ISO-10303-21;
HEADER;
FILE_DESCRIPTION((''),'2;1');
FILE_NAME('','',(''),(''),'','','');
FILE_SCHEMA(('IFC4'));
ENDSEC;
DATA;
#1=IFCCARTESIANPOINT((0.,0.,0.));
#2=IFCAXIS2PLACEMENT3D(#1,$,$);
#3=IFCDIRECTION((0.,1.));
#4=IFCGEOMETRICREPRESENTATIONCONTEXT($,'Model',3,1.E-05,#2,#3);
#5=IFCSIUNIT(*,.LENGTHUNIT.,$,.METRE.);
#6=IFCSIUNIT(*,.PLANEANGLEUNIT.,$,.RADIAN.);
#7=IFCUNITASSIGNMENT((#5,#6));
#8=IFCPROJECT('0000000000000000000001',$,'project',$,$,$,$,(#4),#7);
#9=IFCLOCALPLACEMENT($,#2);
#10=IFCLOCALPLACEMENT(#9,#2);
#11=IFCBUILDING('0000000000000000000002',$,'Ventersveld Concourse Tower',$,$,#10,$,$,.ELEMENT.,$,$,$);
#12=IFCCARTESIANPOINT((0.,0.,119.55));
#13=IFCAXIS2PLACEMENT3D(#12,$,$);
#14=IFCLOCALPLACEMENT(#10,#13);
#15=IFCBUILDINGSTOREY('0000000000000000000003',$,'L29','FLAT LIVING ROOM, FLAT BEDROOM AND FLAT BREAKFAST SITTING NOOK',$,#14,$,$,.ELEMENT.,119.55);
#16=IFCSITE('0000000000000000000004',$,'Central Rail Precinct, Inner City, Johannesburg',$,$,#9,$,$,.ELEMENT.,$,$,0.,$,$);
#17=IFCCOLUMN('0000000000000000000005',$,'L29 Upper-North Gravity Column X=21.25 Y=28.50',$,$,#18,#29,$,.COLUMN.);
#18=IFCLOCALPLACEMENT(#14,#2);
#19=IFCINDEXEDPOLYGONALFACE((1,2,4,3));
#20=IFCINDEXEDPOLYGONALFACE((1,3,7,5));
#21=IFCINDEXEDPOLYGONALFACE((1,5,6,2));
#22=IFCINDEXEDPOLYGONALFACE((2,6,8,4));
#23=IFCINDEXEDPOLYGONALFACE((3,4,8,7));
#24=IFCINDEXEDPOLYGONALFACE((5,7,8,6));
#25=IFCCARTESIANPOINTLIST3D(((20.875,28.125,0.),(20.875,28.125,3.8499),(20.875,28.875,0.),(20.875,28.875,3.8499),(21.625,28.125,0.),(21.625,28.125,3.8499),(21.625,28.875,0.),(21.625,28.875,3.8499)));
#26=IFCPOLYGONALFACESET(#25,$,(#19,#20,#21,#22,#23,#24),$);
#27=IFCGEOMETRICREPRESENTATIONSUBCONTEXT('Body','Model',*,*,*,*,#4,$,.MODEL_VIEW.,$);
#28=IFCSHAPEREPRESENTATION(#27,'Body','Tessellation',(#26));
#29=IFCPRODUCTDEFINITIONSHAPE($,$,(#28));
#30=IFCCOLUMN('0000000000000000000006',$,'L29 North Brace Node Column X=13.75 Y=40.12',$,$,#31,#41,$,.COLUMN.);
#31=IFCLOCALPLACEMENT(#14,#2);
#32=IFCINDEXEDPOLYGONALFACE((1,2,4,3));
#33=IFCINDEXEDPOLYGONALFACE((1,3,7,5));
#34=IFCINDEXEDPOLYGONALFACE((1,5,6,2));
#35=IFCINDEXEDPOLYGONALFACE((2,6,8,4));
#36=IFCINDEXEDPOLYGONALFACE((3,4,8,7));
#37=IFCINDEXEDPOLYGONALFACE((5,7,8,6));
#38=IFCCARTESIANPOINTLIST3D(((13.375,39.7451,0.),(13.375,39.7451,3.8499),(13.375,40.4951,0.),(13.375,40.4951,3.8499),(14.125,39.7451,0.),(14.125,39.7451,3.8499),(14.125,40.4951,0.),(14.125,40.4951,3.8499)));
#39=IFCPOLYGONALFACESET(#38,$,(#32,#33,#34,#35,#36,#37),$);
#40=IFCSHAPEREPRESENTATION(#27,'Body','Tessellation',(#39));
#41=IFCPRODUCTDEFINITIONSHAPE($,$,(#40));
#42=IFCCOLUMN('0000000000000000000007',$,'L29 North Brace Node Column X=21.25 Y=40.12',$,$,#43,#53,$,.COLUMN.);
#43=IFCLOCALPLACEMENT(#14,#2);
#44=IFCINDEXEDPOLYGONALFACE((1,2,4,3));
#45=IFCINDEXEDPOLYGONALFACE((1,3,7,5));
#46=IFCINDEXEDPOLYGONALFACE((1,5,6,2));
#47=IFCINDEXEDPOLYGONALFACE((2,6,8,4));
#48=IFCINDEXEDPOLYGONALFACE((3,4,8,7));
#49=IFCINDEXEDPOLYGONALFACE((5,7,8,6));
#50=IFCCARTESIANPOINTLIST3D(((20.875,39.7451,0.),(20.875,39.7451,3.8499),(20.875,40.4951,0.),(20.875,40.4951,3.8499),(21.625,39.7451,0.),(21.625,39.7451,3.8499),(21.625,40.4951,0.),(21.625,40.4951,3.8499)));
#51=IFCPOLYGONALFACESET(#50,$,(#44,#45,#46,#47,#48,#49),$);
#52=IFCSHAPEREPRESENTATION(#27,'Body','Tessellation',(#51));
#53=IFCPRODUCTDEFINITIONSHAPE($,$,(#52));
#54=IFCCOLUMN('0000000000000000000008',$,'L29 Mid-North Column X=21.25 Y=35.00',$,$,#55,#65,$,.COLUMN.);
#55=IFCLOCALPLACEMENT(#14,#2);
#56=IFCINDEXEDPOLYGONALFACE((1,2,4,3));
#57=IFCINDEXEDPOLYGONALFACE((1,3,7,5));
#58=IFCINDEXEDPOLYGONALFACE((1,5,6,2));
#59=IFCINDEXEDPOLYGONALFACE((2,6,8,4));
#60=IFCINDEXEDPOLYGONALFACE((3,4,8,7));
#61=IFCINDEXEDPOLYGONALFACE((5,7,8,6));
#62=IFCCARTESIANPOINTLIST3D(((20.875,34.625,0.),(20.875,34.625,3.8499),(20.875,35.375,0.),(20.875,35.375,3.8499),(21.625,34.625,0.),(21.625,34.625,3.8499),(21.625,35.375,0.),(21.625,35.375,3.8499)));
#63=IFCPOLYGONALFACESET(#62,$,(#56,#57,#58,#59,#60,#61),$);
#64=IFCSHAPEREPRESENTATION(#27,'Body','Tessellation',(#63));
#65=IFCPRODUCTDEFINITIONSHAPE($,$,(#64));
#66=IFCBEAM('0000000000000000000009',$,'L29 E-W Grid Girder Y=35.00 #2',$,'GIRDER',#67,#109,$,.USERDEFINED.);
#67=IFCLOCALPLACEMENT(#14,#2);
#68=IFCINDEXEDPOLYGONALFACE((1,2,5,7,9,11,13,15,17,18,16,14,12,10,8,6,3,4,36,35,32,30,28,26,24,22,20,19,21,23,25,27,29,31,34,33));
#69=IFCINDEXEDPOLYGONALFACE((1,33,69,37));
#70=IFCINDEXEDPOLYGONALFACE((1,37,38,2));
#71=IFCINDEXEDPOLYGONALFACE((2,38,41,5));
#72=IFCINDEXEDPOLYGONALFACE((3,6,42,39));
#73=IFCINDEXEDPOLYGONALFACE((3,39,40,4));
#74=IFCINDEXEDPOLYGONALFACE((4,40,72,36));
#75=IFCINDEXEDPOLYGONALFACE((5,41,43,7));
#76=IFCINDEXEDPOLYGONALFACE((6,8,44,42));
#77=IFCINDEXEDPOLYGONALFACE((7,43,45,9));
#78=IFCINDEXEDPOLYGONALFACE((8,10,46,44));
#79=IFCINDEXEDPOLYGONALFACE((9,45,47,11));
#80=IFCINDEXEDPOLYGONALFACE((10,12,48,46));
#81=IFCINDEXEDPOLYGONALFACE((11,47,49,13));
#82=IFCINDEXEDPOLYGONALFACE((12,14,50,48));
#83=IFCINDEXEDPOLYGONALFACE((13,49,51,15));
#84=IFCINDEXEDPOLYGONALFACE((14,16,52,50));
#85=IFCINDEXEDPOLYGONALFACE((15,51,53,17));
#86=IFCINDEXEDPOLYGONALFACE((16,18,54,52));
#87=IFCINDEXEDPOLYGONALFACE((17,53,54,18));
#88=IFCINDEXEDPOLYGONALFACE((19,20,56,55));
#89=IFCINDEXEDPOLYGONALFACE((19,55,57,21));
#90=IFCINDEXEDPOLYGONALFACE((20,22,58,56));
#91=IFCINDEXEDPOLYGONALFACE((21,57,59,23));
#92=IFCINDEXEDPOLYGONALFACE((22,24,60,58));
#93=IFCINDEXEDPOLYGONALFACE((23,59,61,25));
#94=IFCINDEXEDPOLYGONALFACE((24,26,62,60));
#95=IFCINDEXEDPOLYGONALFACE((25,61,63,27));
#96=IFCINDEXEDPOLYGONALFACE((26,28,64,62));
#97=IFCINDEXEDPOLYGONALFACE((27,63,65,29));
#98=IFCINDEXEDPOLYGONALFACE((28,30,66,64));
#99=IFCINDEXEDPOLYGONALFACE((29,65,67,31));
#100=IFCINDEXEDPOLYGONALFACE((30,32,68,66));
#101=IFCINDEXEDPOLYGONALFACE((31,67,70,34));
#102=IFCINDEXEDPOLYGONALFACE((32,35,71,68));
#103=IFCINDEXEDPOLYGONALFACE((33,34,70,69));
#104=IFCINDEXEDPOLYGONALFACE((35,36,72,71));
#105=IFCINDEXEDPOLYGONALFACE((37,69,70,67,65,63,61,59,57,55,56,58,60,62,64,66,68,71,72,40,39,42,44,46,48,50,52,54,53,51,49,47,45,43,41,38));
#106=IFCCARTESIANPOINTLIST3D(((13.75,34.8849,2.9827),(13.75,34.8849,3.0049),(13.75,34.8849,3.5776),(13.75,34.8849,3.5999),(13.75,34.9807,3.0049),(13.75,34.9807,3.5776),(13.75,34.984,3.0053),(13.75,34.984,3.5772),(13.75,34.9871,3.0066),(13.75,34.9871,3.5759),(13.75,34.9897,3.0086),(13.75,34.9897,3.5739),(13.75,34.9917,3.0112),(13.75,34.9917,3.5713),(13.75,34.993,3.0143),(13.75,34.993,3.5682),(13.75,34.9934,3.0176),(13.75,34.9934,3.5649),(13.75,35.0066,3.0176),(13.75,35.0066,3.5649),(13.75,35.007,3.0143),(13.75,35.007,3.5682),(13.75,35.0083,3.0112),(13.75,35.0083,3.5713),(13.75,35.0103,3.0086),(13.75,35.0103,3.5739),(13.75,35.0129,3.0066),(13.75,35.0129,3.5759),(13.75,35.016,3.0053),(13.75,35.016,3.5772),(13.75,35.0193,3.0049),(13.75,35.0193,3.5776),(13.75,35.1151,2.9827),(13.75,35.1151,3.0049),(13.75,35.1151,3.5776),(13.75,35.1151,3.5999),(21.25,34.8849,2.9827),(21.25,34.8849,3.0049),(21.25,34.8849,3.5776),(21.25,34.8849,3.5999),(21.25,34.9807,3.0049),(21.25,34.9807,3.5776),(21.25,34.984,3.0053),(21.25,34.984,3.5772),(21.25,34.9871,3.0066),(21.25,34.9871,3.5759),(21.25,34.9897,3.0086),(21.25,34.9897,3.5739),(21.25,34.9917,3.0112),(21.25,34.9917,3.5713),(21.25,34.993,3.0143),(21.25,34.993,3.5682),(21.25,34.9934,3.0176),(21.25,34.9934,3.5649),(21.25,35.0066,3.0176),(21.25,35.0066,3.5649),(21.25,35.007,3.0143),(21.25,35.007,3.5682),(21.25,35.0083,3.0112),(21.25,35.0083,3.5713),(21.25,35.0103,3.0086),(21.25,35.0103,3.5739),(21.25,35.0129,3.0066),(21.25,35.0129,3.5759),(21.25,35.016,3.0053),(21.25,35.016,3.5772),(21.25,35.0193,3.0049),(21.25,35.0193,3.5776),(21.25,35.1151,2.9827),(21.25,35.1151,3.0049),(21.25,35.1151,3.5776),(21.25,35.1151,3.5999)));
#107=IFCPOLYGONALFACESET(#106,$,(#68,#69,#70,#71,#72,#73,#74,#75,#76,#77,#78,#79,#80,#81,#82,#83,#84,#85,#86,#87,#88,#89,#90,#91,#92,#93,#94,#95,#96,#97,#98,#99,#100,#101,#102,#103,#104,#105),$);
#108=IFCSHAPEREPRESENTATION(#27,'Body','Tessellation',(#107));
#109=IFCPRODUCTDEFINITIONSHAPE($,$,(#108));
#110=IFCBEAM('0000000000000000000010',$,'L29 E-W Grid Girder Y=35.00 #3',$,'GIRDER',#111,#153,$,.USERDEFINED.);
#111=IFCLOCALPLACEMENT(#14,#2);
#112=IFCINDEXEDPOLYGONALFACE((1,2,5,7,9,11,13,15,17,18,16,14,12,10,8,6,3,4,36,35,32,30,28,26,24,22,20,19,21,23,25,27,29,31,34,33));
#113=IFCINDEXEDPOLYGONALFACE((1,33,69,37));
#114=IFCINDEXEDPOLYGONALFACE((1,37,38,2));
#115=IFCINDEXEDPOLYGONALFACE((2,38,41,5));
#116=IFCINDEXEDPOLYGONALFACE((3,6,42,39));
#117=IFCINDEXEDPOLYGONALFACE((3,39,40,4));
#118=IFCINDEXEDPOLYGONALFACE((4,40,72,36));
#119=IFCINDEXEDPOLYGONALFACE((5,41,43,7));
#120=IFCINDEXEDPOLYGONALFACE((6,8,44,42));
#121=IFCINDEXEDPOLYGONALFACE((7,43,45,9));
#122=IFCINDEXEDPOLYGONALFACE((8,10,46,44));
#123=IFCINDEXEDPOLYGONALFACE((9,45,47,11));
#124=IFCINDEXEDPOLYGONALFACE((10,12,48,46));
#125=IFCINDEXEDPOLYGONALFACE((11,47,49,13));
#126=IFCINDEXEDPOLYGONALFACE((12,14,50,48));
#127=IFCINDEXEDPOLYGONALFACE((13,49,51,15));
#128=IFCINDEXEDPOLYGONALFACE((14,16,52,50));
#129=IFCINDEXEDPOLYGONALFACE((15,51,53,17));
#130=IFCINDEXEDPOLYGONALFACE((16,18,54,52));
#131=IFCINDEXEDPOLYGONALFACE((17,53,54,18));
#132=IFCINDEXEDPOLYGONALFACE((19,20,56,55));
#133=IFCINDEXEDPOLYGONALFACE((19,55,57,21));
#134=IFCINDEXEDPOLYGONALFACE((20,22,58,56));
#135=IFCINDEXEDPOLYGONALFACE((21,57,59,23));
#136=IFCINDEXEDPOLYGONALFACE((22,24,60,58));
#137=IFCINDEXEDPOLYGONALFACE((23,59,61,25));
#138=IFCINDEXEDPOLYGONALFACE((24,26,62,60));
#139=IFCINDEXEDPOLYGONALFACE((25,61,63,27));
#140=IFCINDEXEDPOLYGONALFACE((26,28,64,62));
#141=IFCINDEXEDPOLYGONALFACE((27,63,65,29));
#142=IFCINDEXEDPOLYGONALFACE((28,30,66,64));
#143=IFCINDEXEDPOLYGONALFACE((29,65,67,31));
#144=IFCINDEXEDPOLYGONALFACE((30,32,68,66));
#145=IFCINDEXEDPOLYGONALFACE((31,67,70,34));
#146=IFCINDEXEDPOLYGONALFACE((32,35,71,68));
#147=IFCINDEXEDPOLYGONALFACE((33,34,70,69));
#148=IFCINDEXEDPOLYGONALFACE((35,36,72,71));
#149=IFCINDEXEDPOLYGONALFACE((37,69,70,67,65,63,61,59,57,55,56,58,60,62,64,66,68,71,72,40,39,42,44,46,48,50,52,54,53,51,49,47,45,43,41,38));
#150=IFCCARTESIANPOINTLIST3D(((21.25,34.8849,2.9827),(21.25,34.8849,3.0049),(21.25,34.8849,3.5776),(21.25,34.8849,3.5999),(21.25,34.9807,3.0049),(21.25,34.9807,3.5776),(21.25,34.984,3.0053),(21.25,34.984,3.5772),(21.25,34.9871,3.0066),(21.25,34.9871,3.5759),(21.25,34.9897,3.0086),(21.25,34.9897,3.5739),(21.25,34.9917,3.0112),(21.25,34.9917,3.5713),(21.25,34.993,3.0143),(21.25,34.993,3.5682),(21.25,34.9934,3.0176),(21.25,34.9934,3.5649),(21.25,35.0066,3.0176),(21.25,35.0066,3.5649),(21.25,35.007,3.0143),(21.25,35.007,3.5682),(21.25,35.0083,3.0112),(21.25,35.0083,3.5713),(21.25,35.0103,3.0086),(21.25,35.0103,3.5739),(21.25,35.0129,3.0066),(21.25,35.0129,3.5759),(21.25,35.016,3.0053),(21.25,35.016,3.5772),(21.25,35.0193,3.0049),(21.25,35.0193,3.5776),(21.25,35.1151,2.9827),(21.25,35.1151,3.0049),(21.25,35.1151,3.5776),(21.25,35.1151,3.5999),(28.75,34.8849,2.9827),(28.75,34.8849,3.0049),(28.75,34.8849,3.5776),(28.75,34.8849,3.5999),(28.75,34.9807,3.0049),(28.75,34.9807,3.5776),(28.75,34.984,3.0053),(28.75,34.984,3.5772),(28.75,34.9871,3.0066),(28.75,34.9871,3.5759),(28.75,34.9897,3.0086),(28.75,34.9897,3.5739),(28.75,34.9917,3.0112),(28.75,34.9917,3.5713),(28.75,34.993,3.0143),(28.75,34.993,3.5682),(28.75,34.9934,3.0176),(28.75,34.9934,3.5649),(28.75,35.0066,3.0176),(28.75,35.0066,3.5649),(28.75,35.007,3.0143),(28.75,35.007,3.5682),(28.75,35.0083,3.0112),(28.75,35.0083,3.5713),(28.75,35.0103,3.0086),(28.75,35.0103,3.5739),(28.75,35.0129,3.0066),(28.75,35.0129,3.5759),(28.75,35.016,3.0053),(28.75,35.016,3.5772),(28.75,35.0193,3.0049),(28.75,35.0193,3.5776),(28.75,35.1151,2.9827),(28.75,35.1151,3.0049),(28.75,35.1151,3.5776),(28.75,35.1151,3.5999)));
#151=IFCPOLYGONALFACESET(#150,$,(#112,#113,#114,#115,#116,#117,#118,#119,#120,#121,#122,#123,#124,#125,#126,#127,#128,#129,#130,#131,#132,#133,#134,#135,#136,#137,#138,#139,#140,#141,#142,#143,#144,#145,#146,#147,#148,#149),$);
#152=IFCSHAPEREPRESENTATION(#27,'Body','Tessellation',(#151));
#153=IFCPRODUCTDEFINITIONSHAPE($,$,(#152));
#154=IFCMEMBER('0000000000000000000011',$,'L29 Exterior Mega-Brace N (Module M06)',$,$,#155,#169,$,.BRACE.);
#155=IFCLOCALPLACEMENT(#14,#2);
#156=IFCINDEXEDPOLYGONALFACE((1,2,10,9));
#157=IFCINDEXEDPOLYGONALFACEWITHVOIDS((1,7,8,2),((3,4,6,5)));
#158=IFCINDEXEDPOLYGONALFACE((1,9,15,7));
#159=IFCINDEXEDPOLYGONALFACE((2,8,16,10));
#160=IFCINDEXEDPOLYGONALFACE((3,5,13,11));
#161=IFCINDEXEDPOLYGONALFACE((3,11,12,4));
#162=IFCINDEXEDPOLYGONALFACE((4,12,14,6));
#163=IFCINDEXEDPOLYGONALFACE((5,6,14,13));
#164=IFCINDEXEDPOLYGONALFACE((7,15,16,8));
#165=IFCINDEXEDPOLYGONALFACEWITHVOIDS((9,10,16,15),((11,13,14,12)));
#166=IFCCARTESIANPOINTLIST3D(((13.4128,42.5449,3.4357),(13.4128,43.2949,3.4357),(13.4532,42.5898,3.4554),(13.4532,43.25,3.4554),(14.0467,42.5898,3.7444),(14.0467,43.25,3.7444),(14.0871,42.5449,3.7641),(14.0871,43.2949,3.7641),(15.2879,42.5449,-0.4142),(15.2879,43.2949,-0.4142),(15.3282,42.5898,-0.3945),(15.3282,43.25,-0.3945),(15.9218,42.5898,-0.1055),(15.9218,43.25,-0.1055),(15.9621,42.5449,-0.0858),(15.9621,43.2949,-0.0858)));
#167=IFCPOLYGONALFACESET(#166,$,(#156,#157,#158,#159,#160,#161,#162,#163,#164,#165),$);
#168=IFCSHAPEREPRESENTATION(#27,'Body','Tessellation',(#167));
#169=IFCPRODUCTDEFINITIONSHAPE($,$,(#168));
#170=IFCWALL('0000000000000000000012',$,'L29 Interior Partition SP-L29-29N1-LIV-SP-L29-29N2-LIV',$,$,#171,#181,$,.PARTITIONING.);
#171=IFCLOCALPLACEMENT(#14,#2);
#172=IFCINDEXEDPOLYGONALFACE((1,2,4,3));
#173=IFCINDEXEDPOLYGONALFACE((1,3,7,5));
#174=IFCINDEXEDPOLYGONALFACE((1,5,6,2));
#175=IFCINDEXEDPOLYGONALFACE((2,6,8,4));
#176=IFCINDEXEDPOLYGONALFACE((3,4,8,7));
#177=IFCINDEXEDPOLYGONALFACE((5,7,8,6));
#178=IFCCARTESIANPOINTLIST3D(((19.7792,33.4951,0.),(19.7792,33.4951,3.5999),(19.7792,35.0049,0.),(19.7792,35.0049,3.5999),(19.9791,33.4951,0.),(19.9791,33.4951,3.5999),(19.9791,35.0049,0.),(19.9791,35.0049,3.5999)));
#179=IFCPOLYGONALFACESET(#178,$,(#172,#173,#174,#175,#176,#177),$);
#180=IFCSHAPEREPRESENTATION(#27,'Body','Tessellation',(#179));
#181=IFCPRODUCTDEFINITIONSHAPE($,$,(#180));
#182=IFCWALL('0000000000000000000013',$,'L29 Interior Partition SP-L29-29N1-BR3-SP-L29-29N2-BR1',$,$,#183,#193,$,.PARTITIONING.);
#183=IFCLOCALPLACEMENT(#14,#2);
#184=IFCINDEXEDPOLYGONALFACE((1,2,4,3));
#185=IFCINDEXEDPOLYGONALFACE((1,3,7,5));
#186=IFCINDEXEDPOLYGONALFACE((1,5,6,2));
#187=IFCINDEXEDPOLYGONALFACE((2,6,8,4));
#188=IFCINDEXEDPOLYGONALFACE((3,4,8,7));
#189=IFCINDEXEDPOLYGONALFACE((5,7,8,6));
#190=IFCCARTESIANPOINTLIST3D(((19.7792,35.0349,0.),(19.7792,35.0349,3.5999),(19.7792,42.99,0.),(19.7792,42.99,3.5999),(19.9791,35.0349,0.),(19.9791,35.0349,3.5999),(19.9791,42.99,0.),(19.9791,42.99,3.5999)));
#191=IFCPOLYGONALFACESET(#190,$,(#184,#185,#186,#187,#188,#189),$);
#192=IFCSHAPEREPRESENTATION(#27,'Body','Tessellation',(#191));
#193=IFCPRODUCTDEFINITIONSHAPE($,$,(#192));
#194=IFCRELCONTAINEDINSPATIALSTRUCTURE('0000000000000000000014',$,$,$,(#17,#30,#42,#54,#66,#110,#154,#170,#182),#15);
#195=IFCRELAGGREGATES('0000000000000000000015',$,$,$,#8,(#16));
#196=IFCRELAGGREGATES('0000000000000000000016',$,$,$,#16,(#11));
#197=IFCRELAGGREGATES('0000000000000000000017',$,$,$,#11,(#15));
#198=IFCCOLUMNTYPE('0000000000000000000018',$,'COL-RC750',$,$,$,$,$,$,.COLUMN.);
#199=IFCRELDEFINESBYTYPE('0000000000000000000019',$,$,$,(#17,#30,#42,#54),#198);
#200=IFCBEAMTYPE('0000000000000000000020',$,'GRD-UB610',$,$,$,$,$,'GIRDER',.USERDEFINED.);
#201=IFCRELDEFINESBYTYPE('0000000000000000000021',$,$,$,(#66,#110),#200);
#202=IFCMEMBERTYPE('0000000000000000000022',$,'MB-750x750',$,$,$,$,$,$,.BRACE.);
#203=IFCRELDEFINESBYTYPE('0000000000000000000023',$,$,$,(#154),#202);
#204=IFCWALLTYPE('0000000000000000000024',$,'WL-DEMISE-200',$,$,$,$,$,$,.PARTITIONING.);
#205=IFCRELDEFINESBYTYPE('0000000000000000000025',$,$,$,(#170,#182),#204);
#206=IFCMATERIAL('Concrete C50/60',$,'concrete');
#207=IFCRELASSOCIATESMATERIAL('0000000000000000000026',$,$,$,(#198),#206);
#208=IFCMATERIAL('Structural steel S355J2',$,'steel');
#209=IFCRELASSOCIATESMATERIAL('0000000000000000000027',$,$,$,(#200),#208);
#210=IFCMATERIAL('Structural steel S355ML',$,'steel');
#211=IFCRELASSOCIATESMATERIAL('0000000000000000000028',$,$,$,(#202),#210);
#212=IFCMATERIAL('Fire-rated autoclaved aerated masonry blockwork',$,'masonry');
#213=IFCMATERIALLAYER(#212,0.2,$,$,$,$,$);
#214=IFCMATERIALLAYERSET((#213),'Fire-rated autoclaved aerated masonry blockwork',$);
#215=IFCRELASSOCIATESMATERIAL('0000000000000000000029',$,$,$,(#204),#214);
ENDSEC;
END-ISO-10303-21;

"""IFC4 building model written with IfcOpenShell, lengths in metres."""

from ifc_helpers import new_model, si_unit, direction, frame, frame_2d, origin, origin_2d, place, context, subcontext, project, spatial, rectangle, hollow_rectangle, i_section, extrude, material, layer, layer_set, material_profile, profile_set, type_object, element, save


model = new_model("IFC4")

# Units and contexts
model_context = context("Model", 3, precision=1e-05, world=origin(), true_north=direction((0.0, 1.0)))
body_context = subcontext(model_context, "Body", "Model", "MODEL_VIEW")
ifc_project = project(units=[si_unit("LENGTHUNIT", "METRE"), si_unit("PLANEANGLEUNIT", "RADIAN")], contexts=[model_context])

# Site, building, storey
site_placement = place(None, origin())
site = spatial("IfcSite", under=ifc_project, at=site_placement, Name="Central Rail Precinct, Inner City, Johannesburg", CompositionType="ELEMENT", RefElevation=0.0)
building_placement = place(site_placement, origin())
building = spatial("IfcBuilding", under=site, at=building_placement, Name="Ventersveld Concourse Tower", CompositionType="ELEMENT")
storey_placement = place(building_placement, frame((0.0, 0.0, 119.55)))
storey = spatial("IfcBuildingStorey", under=building, at=storey_placement, Name="L29", Description="FLAT LIVING ROOM, FLAT BEDROOM AND FLAT BREAKFAST SITTING NOOK", CompositionType="ELEMENT", Elevation=119.55)

# Columns
ifc_material_1 = material(Name="Concrete C50/60", Category="concrete")
ifc_material_profile_1 = material_profile(ifc_material_1, rectangle(XDim=0.75, YDim=0.75, at=origin_2d()), Name="RC 750x750")
ifc_profile_set_1 = profile_set([ifc_material_profile_1], Name="Concrete C50/60")
column_type = type_object("IfcColumnType", Name="COL-RC750", PredefinedType="COLUMN", material=ifc_profile_set_1)
for number, where, z_axis, x_axis, name in (
    (1, (21.25, 28.5, 0.0), (0.0, 0.0, 1.0), (1.0, 0.0, 0.0), "L29 Upper-North Gravity Column X=21.25 Y=28.50"),
    (2, (13.75, 40.1201, 0.0), (0.0, 0.0, 1.0), (1.0, 0.0, 0.0), "L29 North Brace Node Column X=13.75 Y=40.12"),
    (3, (21.25, 40.1201, 0.0), (0.0, 0.0, 1.0), (1.0, 0.0, 0.0), "L29 North Brace Node Column X=21.25 Y=40.12"),
    (4, (21.25, 35.0, 0.0), (0.0, 0.0, 1.0), (1.0, 0.0, 0.0), "L29 Mid-North Column X=21.25 Y=35.00"),
):
    element("IfcColumn", number, at=place(storey_placement, frame(where, z_axis=z_axis, x_axis=x_axis)), inside=storey, type_object=column_type, Name=name, PredefinedType="COLUMN", context=body_context, shape_type="SweptSolid", body=[
        extrude(rectangle(XDim=0.75, YDim=0.75, at=origin_2d()), origin(), (0.0, 0.0, 1.0), 3.8499),
    ])

# Beams
ifc_material_2 = material(Name="Structural steel S355J2", Category="steel")
ifc_material_profile_2 = material_profile(ifc_material_2, i_section(OverallWidth=0.2302, OverallDepth=0.6172, WebThickness=0.0132, FlangeThickness=0.0222, FilletRadius=0.0127, at=origin_2d()), Name="UB 610x229x140")
ifc_profile_set_2 = profile_set([ifc_material_profile_2], Name="Structural steel S355J2")
beam_type = type_object("IfcBeamType", Name="GRD-UB610", ElementType="GIRDER", PredefinedType="USERDEFINED", material=ifc_profile_set_2)
for number, where, z_axis, x_axis, name in (
    (5, (13.75, 35.0, 3.2913), (1.0, 0.0, 0.0), (0.0, 1.0, 0.0), "L29 E-W Grid Girder Y=35.00 #2"),
    (6, (21.25, 35.0, 3.2913), (1.0, 0.0, 0.0), (0.0, 1.0, 0.0), "L29 E-W Grid Girder Y=35.00 #3"),
):
    element("IfcBeam", number, at=place(storey_placement, frame(where, z_axis=z_axis, x_axis=x_axis)), inside=storey, type_object=beam_type, Name=name, ObjectType="GIRDER", PredefinedType="USERDEFINED", context=body_context, shape_type="SweptSolid", body=[
        extrude(i_section(OverallWidth=0.2302, OverallDepth=0.6172, WebThickness=0.0132, FlangeThickness=0.0222, FilletRadius=0.0127, at=origin_2d()), origin(), (0.0, 0.0, 1.0), 7.5),
    ])

# Member
ifc_material_3 = material(Name="Structural steel S355ML", Category="steel")
ifc_material_profile_3 = material_profile(ifc_material_3, hollow_rectangle(XDim=0.75, YDim=0.75, WallThickness=0.0449, at=origin_2d()), Name="BOX 750x750x45")
ifc_profile_set_3 = profile_set([ifc_material_profile_3], Name="Structural steel S355ML")
member_type = type_object("IfcMemberType", Name="MB-750x750", PredefinedType="BRACE", material=ifc_profile_set_3)
member_placement = place(storey_placement, frame((15.625, 42.9199, -0.25), z_axis=(-0.437862, 0.0, 0.899042), x_axis=(0.0, -1.0, 0.0)))
element("IfcMember", 7, at=member_placement, inside=storey, type_object=member_type, Name="L29 Exterior Mega-Brace N (Module M06)", PredefinedType="BRACE", context=body_context, shape_type="SweptSolid", body=[
    extrude(hollow_rectangle(XDim=0.75, YDim=0.75, WallThickness=0.0449, at=origin_2d()), origin(), (0.0, 0.0, 1.0), 4.2822),
])

# Walls
ifc_material_4 = material(Name="Fire-rated autoclaved aerated masonry blockwork", Category="masonry")
ifc_layer_1 = layer(ifc_material_4, 0.2)
ifc_layer_set_1 = layer_set([ifc_layer_1], Name="Fire-rated autoclaved aerated masonry blockwork")
wall_type_1 = type_object("IfcWallType", Name="WL-DEMISE-200", PredefinedType="PARTITIONING", material=ifc_layer_set_1)
wall_1_placement = place(storey_placement, frame((19.8792, 33.4951, 0.0), z_axis=(0.0, 0.0, 1.0), x_axis=(0.0, 1.0, 0.0)))
element("IfcWall", 8, at=wall_1_placement, inside=storey, type_object=wall_type_1, Name="L29 Interior Partition SP-L29-29N1-LIV-SP-L29-29N2-LIV", PredefinedType="PARTITIONING", context=body_context, shape_type="SweptSolid", body=[
    extrude(rectangle(XDim=1.5098, YDim=0.2, at=frame_2d((0.7549, 0.0))), origin(), (0.0, 0.0, 1.0), 3.5999),
])
wall_2_placement = place(storey_placement, frame((19.8792, 35.0349, 0.0), z_axis=(0.0, 0.0, 1.0), x_axis=(0.0, 1.0, 0.0)))
element("IfcWall", 9, at=wall_2_placement, inside=storey, type_object=wall_type_1, Name="L29 Interior Partition SP-L29-29N1-BR3-SP-L29-29N2-BR1", PredefinedType="PARTITIONING", context=body_context, shape_type="SweptSolid", body=[
    extrude(rectangle(XDim=7.9551, YDim=0.2, at=frame_2d((3.9775, 0.0))), origin(), (0.0, 0.0, 1.0), 3.5999),
])

save(model, "model.ifc")
